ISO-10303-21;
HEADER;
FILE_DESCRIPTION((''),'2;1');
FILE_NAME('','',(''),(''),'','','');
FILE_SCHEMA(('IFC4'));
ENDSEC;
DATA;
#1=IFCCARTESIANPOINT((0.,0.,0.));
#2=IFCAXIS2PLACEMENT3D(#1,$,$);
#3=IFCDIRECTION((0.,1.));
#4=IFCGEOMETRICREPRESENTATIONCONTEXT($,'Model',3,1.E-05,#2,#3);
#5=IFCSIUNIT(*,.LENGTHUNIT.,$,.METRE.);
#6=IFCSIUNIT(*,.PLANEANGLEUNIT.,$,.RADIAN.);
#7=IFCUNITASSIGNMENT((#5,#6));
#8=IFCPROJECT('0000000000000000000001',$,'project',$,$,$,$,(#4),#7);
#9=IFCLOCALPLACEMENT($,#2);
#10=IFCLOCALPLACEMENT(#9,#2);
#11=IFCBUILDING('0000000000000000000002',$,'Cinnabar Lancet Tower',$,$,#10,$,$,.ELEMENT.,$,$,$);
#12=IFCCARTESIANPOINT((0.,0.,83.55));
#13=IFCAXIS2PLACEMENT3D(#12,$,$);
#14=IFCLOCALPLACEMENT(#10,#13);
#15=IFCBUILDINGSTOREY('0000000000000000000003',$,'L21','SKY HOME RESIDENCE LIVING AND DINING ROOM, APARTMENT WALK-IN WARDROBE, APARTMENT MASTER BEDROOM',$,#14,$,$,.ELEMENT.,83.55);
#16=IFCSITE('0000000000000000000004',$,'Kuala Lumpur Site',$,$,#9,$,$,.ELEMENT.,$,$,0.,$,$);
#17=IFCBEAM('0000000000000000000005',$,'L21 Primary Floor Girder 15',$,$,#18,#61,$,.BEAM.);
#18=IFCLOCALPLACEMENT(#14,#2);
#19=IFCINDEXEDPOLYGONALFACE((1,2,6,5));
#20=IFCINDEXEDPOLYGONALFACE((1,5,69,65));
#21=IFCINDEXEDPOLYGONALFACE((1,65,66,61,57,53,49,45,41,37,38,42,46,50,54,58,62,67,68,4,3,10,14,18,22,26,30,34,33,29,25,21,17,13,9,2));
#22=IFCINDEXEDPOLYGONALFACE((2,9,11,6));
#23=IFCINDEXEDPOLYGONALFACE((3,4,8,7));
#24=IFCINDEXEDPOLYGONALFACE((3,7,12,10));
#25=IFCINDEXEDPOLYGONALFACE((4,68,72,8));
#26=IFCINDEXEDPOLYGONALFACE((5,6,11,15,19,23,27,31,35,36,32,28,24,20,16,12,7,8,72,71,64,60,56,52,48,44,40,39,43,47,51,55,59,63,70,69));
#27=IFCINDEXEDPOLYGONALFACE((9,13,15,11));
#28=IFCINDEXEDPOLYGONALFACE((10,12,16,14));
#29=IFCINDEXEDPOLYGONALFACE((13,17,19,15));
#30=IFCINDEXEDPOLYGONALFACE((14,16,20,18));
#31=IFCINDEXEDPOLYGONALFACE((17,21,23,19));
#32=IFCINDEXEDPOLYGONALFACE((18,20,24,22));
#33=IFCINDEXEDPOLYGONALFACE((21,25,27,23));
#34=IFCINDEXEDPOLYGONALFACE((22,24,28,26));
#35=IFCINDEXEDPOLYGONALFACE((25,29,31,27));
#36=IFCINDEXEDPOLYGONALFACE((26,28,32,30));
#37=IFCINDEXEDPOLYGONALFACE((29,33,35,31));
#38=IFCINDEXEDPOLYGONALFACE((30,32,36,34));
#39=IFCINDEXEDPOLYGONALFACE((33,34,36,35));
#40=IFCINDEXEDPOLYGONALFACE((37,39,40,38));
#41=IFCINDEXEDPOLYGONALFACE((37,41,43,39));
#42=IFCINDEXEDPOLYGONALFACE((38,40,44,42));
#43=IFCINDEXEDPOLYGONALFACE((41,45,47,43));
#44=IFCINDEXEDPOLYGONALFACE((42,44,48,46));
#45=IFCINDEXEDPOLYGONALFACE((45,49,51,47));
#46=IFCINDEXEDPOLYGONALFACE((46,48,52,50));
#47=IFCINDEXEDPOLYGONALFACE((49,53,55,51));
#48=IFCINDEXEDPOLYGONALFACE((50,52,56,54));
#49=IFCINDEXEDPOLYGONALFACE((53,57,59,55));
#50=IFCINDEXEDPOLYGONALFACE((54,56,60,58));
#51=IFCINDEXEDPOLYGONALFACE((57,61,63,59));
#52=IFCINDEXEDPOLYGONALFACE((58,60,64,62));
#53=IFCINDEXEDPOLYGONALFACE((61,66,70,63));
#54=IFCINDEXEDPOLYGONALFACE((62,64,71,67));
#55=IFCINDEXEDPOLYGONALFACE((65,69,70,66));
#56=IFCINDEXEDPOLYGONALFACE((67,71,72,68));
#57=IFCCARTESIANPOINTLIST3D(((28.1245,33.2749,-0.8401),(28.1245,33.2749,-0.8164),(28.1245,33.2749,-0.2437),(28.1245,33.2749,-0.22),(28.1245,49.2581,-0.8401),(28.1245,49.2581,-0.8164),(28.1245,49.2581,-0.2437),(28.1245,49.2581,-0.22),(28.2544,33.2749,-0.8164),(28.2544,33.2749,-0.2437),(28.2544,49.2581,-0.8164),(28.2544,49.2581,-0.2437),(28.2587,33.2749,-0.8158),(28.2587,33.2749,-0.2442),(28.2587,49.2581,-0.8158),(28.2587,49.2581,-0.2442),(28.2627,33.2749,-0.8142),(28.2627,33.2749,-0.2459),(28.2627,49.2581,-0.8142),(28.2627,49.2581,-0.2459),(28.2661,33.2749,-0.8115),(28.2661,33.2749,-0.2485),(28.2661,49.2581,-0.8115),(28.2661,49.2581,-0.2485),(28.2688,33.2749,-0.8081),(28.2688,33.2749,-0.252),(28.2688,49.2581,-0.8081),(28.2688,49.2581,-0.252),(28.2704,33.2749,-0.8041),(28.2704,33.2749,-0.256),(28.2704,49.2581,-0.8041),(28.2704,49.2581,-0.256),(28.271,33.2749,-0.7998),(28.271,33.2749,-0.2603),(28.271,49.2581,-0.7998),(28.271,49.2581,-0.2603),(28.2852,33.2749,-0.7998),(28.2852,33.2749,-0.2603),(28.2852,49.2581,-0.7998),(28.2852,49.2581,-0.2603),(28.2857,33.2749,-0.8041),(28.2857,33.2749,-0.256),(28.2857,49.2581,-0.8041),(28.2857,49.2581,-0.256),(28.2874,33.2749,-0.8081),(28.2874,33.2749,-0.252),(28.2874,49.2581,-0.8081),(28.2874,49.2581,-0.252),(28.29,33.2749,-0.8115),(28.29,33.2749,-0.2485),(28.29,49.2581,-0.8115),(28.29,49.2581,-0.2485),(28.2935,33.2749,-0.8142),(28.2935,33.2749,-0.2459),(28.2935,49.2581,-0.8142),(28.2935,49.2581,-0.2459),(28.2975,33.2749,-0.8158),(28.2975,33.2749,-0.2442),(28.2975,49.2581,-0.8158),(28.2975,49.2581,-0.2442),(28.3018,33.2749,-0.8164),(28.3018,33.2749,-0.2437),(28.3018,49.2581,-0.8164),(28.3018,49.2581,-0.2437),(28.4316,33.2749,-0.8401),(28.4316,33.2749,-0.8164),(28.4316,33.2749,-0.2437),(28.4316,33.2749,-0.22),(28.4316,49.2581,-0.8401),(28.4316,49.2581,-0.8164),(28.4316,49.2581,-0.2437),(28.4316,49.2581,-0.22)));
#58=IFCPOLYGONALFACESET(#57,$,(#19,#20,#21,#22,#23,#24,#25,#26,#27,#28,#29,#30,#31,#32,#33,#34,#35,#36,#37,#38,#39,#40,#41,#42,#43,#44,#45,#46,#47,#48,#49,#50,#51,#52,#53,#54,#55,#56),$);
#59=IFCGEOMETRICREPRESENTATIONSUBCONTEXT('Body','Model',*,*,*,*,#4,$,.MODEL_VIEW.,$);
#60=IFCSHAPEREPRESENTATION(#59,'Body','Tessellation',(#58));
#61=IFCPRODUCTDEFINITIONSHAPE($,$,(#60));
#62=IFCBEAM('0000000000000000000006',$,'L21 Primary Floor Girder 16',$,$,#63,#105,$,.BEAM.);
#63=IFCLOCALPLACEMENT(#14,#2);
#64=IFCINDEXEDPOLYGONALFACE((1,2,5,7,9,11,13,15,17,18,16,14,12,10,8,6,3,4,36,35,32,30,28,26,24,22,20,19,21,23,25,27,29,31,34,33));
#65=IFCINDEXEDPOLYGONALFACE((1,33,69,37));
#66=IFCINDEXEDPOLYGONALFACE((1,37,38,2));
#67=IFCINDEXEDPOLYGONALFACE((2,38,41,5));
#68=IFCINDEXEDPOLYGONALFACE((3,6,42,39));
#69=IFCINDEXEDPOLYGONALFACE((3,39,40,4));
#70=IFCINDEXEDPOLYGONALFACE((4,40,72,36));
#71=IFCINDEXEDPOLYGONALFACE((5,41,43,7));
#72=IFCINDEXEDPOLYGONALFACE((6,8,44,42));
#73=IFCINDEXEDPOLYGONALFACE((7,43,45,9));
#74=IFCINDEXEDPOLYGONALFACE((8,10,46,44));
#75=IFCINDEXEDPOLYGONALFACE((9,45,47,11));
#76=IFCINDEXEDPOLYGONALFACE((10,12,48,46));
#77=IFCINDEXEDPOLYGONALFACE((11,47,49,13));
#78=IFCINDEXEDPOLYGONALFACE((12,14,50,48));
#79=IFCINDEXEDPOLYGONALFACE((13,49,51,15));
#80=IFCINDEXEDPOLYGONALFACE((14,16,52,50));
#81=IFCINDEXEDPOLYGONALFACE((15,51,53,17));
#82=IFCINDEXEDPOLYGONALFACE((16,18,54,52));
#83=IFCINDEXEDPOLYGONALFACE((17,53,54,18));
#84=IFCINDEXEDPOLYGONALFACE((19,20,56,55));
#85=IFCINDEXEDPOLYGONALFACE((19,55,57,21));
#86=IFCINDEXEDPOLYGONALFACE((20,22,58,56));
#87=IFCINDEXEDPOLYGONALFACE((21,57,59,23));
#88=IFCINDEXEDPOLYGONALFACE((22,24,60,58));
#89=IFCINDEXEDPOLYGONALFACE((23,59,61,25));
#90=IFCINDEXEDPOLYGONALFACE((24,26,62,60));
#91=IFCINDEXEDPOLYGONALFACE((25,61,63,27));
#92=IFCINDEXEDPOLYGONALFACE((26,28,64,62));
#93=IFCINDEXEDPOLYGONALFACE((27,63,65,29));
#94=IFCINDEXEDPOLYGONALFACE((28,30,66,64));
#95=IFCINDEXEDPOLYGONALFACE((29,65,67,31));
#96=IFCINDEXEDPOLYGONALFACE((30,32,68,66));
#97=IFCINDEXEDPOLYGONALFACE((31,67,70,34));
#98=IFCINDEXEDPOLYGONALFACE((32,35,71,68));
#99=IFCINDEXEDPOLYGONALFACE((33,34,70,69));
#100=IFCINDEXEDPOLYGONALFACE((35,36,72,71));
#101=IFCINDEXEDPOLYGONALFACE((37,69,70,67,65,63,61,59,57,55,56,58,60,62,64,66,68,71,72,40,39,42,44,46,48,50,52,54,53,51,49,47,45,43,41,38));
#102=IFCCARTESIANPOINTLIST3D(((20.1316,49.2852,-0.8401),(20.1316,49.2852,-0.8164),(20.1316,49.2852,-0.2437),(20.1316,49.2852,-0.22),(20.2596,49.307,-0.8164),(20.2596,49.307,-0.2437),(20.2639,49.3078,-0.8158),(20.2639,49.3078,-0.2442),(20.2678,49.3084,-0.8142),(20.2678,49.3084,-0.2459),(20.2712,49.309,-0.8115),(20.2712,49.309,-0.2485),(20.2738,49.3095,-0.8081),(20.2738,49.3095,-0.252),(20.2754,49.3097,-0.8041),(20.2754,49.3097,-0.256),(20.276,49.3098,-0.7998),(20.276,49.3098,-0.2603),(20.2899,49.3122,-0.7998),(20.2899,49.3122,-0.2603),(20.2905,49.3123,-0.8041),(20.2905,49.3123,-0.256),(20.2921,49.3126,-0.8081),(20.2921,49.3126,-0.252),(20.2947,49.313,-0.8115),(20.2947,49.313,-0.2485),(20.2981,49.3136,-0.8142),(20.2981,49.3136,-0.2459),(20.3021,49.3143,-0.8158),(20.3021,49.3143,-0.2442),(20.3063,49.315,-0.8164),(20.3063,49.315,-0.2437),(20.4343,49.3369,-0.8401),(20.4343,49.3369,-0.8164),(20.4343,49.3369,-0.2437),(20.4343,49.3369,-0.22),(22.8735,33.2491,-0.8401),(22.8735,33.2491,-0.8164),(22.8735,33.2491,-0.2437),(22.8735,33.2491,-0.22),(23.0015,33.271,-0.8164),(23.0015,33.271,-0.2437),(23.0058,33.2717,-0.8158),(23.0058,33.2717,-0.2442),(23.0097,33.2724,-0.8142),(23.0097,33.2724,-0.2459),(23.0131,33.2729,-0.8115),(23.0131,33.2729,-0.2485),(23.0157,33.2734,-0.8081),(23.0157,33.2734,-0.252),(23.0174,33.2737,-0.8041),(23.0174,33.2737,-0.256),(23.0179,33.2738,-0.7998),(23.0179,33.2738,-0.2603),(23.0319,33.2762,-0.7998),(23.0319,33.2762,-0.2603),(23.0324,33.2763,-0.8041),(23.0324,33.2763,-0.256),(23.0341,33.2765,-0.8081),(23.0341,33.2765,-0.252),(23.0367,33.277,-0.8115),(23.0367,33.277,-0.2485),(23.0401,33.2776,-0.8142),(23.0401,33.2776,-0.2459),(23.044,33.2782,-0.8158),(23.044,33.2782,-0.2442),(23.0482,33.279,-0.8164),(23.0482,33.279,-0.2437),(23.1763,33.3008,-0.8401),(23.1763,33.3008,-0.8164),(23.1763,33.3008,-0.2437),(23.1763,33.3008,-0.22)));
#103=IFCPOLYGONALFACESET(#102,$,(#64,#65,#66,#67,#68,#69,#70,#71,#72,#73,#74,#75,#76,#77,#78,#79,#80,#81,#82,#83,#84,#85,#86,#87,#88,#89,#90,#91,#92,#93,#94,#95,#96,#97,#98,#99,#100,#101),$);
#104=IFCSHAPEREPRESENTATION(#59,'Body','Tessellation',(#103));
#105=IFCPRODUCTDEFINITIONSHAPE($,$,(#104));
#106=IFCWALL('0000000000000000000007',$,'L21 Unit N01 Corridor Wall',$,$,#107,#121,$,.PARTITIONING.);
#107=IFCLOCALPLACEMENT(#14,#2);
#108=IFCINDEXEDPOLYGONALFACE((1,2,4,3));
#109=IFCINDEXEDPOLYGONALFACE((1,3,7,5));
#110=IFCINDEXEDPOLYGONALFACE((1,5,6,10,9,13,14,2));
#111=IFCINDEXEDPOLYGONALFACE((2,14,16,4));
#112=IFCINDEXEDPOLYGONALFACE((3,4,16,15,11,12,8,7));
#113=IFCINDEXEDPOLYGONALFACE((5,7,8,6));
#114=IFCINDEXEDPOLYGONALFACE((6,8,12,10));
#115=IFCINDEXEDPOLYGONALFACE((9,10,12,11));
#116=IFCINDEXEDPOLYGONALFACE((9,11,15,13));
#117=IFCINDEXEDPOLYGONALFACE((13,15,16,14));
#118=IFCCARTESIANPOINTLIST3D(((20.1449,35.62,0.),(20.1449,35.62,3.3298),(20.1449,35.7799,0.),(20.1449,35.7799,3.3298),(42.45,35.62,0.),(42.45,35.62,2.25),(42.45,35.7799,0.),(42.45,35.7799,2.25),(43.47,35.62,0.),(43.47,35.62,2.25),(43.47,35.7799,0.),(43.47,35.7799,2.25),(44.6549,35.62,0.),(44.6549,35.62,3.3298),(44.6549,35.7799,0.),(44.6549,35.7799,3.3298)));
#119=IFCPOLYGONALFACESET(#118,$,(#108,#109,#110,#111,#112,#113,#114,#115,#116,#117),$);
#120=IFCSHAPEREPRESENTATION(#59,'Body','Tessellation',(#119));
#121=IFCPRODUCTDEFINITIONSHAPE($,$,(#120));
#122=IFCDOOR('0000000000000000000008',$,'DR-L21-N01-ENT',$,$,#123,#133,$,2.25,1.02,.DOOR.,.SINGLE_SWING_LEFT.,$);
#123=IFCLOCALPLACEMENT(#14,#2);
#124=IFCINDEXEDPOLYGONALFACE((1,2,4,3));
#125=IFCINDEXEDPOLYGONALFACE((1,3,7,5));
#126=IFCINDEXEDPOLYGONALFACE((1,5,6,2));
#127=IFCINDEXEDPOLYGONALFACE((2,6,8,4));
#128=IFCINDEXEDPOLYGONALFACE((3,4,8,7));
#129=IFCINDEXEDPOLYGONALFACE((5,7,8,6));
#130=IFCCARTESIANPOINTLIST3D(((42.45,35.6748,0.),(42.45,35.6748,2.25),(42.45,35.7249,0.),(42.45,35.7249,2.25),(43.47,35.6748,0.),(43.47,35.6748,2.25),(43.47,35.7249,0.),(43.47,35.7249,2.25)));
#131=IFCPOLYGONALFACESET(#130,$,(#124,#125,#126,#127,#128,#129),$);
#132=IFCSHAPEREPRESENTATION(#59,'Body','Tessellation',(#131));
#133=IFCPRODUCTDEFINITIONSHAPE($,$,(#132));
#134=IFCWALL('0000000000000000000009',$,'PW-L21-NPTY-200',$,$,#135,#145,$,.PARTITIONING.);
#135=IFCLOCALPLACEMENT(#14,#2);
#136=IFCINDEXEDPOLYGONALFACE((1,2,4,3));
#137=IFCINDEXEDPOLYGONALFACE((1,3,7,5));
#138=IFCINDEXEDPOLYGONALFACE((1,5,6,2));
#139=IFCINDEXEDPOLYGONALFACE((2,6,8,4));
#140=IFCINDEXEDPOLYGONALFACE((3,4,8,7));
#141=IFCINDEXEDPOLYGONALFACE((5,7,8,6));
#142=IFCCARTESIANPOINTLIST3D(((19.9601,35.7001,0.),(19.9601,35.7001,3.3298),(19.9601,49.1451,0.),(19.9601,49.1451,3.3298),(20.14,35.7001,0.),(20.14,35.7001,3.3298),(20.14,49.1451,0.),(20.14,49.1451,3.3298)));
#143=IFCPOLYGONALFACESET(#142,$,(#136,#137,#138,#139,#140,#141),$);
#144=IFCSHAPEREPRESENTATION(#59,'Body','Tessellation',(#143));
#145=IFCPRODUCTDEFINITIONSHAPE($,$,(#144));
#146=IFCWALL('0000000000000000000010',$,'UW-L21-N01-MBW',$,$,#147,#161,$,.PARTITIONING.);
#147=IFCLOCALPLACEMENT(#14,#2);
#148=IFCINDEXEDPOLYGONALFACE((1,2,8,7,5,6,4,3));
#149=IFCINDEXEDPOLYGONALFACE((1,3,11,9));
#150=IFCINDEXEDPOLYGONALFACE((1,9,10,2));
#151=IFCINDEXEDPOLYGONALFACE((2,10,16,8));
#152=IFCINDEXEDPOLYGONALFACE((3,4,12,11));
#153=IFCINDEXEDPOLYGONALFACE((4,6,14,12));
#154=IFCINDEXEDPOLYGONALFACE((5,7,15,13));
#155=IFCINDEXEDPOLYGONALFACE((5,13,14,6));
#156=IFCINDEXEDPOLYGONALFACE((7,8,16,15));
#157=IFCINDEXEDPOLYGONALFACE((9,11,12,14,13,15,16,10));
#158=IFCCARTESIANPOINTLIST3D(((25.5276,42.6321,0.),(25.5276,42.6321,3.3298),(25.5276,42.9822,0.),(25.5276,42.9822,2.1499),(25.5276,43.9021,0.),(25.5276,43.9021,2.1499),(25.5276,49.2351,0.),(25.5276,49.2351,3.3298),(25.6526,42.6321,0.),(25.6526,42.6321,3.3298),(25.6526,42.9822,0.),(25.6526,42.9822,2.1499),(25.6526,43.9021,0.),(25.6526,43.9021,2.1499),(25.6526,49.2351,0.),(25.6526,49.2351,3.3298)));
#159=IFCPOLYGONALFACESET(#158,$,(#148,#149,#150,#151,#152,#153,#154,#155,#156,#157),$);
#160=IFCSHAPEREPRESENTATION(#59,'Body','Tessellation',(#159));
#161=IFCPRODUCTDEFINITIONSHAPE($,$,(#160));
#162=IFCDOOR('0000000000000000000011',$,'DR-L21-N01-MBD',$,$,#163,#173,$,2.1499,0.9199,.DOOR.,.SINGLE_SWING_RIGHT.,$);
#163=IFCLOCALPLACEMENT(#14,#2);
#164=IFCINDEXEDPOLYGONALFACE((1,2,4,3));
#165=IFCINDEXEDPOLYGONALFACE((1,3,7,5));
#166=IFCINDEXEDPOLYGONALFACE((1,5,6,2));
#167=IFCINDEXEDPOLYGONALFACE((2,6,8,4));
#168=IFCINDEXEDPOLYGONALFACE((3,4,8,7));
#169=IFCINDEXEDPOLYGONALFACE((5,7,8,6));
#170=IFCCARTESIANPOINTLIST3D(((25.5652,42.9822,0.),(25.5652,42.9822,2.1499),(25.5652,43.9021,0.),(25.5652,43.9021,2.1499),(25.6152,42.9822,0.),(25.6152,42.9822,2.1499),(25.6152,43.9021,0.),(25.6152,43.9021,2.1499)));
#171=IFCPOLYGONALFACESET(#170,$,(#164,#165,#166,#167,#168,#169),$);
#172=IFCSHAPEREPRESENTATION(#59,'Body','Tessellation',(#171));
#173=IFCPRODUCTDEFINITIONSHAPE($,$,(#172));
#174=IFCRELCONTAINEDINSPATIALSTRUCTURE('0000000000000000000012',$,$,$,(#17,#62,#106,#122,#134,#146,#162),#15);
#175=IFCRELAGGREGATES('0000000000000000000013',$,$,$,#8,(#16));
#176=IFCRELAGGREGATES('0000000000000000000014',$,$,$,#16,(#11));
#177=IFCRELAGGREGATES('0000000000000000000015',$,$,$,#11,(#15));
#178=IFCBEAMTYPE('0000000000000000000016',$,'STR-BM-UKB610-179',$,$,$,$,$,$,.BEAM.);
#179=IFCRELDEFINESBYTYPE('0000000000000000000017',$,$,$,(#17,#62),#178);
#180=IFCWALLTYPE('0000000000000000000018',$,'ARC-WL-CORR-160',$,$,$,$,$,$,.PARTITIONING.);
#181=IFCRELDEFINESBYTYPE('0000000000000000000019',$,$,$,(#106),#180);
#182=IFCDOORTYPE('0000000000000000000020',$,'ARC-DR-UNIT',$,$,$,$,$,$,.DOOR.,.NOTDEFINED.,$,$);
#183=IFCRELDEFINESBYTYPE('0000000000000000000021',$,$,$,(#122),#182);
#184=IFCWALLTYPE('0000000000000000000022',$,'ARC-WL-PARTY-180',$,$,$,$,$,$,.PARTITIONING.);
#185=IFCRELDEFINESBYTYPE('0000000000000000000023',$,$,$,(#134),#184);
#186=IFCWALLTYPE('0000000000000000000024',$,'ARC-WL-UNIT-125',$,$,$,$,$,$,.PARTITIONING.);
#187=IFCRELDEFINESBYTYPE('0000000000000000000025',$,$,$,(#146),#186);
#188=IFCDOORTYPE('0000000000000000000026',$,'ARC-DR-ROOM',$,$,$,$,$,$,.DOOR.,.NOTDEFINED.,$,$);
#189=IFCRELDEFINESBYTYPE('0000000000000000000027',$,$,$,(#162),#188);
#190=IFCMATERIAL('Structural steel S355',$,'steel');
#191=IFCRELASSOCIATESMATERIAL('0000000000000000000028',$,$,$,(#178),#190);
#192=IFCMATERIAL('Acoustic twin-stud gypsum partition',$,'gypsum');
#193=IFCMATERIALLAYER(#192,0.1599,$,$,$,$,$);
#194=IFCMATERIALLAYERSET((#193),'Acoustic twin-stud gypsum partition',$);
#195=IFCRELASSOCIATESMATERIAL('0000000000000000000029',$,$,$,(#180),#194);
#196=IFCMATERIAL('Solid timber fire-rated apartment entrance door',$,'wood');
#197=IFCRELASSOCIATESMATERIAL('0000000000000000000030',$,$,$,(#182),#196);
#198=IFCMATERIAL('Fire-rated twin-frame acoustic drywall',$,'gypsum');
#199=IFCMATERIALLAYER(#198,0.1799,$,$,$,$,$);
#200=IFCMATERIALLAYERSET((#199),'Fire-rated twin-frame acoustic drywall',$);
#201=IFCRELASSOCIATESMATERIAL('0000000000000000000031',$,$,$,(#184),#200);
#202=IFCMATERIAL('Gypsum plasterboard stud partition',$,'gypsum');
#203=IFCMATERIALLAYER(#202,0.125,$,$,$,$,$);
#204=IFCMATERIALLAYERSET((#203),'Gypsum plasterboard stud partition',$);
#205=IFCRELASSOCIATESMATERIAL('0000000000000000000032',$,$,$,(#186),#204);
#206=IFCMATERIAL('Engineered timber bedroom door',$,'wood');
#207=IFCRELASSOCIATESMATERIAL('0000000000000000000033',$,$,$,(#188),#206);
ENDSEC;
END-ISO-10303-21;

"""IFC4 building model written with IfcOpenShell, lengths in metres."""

from ifc_helpers import new_model, si_unit, direction, frame, frame_2d, origin, origin_2d, place, context, subcontext, project, spatial, rectangle, i_section, extrude, material, layer, layer_set, material_profile, profile_set, type_object, element, fill, save


model = new_model("IFC4")

# Units and contexts
model_context = context("Model", 3, precision=1e-05, world=origin(), true_north=direction((0.0, 1.0)))
body_context = subcontext(model_context, "Body", "Model", "MODEL_VIEW")
ifc_project = project(units=[si_unit("LENGTHUNIT", "METRE"), si_unit("PLANEANGLEUNIT", "RADIAN")], contexts=[model_context])

# Site, building, storey
site_placement = place(None, origin())
site = spatial("IfcSite", under=ifc_project, at=site_placement, Name="Kuala Lumpur Site", CompositionType="ELEMENT", RefElevation=0.0)
building_placement = place(site_placement, origin())
building = spatial("IfcBuilding", under=site, at=building_placement, Name="Cinnabar Lancet Tower", CompositionType="ELEMENT")
storey_placement = place(building_placement, frame((0.0, 0.0, 83.55)))
storey = spatial("IfcBuildingStorey", under=building, at=storey_placement, Name="L21", Description="SKY HOME RESIDENCE LIVING AND DINING ROOM, APARTMENT WALK-IN WARDROBE, APARTMENT MASTER BEDROOM", CompositionType="ELEMENT", Elevation=83.55)

# Beams
ifc_material_1 = material(Name="Structural steel S355", Category="steel")
ifc_material_profile_1 = material_profile(ifc_material_1, i_section(OverallWidth=0.3071, OverallDepth=0.6201, WebThickness=0.0142, FlangeThickness=0.0237, FilletRadius=0.0166, at=origin_2d()), Name="UKB 610x305x179")
ifc_profile_set_1 = profile_set([ifc_material_profile_1], Name="Structural steel S355")
beam_type_1 = type_object("IfcBeamType", Name="STR-BM-UKB610-179", PredefinedType="BEAM", material=ifc_profile_set_1)
beam_1_placement = place(storey_placement, frame((28.2781, 49.2581, -0.53), z_axis=(0.0, -1.0, 0.0), x_axis=(1.0, 0.0, 0.0)))
element("IfcBeam", 1, at=beam_1_placement, inside=storey, type_object=beam_type_1, Name="L21 Primary Floor Girder 15", PredefinedType="BEAM", context=body_context, shape_type="SweptSolid", body=[
    extrude(i_section(OverallWidth=0.3071, OverallDepth=0.6201, WebThickness=0.0142, FlangeThickness=0.0237, FilletRadius=0.0166, at=origin_2d()), origin(), (0.0, 0.0, 1.0), 15.9832),
])
beam_2_placement = place(storey_placement, frame((20.283, 49.311, -0.53), z_axis=(0.168539, -0.985695, 0.0), x_axis=(0.985695, 0.168539, 0.0)))
element("IfcBeam", 2, at=beam_2_placement, inside=storey, type_object=beam_type_1, Name="L21 Primary Floor Girder 16", PredefinedType="BEAM", context=body_context, shape_type="SweptSolid", body=[
    extrude(i_section(OverallWidth=0.3071, OverallDepth=0.6201, WebThickness=0.0142, FlangeThickness=0.0237, FilletRadius=0.0166, at=origin_2d()), origin(), (0.0, 0.0, 1.0), 16.2688),
])

# Wall, opening, door
ifc_material_2 = material(Name="Acoustic twin-stud gypsum partition", Category="gypsum")
ifc_layer_1 = layer(ifc_material_2, 0.1599)
ifc_layer_set_1 = layer_set([ifc_layer_1], Name="Acoustic twin-stud gypsum partition")
wall_type_1 = type_object("IfcWallType", Name="ARC-WL-CORR-160", PredefinedType="PARTITIONING", material=ifc_layer_set_1)
wall_1_placement = place(storey_placement, frame((20.145, 35.7, 0.0), z_axis=(0.0, 0.0, 1.0), x_axis=(1.0, 0.0, 0.0)))
wall_1 = element("IfcWall", 3, at=wall_1_placement, inside=storey, type_object=wall_type_1, Name="L21 Unit N01 Corridor Wall", PredefinedType="PARTITIONING", context=body_context, shape_type="SweptSolid", body=[
    extrude(rectangle(XDim=24.51, YDim=0.1599, at=frame_2d((12.2549, 0.0))), origin(), (0.0, 0.0, 1.0), 3.3298),
])
opening_1_placement = place(wall_1_placement, frame((22.3049, 0.0, 0.0)))
opening_1 = element("IfcOpeningElement", 4, at=opening_1_placement, cuts=wall_1, PredefinedType="OPENING", context=body_context, shape_type="SweptSolid", body=[
    extrude(rectangle(XDim=1.02, YDim=2.25, at=frame_2d((0.51, 1.125))), frame((0.0, 0.0898, 0.0), z_axis=(0.0, -1.0, 0.0), x_axis=(1.0, 0.0, 0.0)), (0.0, 0.0, 1.0), 0.1799),
])
ifc_material_3 = material(Name="Solid timber fire-rated apartment entrance door", Category="wood")
door_type_1 = type_object("IfcDoorType", Name="ARC-DR-UNIT", OperationType="NOTDEFINED", PredefinedType="DOOR", material=ifc_material_3)
door_1_placement = place(opening_1_placement, origin())
door_1 = element("IfcDoor", 5, at=door_1_placement, inside=storey, type_object=door_type_1, Name="DR-L21-N01-ENT", OperationType="SINGLE_SWING_LEFT", OverallHeight=2.25, OverallWidth=1.02, PredefinedType="DOOR", context=body_context, shape_type="SweptSolid", body=[
    extrude(rectangle(XDim=1.02, YDim=2.25, at=frame_2d((0.51, 1.125))), frame((0.0, 0.0249, 0.0), z_axis=(0.0, -1.0, 0.0), x_axis=(1.0, 0.0, 0.0)), (0.0, 0.0, 1.0), 0.05),
])
fill(opening_1, door_1)

# Wall
ifc_material_4 = material(Name="Fire-rated twin-frame acoustic drywall", Category="gypsum")
ifc_layer_2 = layer(ifc_material_4, 0.1799)
ifc_layer_set_2 = layer_set([ifc_layer_2], Name="Fire-rated twin-frame acoustic drywall")
wall_type_2 = type_object("IfcWallType", Name="ARC-WL-PARTY-180", PredefinedType="PARTITIONING", material=ifc_layer_set_2)
wall_2_placement = place(storey_placement, frame((20.05, 35.7, 0.0), z_axis=(0.0, 0.0, 1.0), x_axis=(0.0, 1.0, 0.0)))
element("IfcWall", 6, at=wall_2_placement, inside=storey, type_object=wall_type_2, Name="PW-L21-NPTY-200", PredefinedType="PARTITIONING", context=body_context, shape_type="SweptSolid", body=[
    extrude(rectangle(XDim=13.4451, YDim=0.1799, at=frame_2d((6.7227, 0.0))), origin(), (0.0, 0.0, 1.0), 3.3298),
])

# Wall, opening, door
ifc_material_5 = material(Name="Gypsum plasterboard stud partition", Category="gypsum")
ifc_layer_3 = layer(ifc_material_5, 0.125)
ifc_layer_set_3 = layer_set([ifc_layer_3], Name="Gypsum plasterboard stud partition")
wall_type_3 = type_object("IfcWallType", Name="ARC-WL-UNIT-125", PredefinedType="PARTITIONING", material=ifc_layer_set_3)
wall_3_placement = place(storey_placement, frame((25.5901, 42.6321, 0.0), z_axis=(0.0, 0.0, 1.0), x_axis=(0.0, 1.0, 0.0)))
wall_3 = element("IfcWall", 7, at=wall_3_placement, inside=storey, type_object=wall_type_3, Name="UW-L21-N01-MBW", PredefinedType="PARTITIONING", context=body_context, shape_type="SweptSolid", body=[
    extrude(rectangle(XDim=6.603, YDim=0.125, at=frame_2d((3.3015, 0.0))), origin(), (0.0, 0.0, 1.0), 3.3298),
])
opening_2_placement = place(wall_3_placement, frame((0.3501, 0.0, 0.0)))
opening_2 = element("IfcOpeningElement", 8, at=opening_2_placement, cuts=wall_3, PredefinedType="OPENING", context=body_context, shape_type="SweptSolid", body=[
    extrude(rectangle(XDim=0.9199, YDim=2.1499, at=frame_2d((0.46, 1.075))), frame((0.0, 0.0725, 0.0), z_axis=(0.0, -1.0, 0.0), x_axis=(1.0, 0.0, 0.0)), (0.0, 0.0, 1.0), 0.145),
])
ifc_material_6 = material(Name="Engineered timber bedroom door", Category="wood")
door_type_2 = type_object("IfcDoorType", Name="ARC-DR-ROOM", OperationType="NOTDEFINED", PredefinedType="DOOR", material=ifc_material_6)
door_2_placement = place(opening_2_placement, origin())
door_2 = element("IfcDoor", 9, at=door_2_placement, inside=storey, type_object=door_type_2, Name="DR-L21-N01-MBD", OperationType="SINGLE_SWING_RIGHT", OverallHeight=2.1499, OverallWidth=0.9199, PredefinedType="DOOR", context=body_context, shape_type="SweptSolid", body=[
    extrude(rectangle(XDim=0.9199, YDim=2.1499, at=frame_2d((0.46, 1.075))), frame((0.0, 0.0249, 0.0), z_axis=(0.0, -1.0, 0.0), x_axis=(1.0, 0.0, 0.0)), (0.0, 0.0, 1.0), 0.05),
])
fill(opening_2, door_2)

save(model, "model.ifc")
